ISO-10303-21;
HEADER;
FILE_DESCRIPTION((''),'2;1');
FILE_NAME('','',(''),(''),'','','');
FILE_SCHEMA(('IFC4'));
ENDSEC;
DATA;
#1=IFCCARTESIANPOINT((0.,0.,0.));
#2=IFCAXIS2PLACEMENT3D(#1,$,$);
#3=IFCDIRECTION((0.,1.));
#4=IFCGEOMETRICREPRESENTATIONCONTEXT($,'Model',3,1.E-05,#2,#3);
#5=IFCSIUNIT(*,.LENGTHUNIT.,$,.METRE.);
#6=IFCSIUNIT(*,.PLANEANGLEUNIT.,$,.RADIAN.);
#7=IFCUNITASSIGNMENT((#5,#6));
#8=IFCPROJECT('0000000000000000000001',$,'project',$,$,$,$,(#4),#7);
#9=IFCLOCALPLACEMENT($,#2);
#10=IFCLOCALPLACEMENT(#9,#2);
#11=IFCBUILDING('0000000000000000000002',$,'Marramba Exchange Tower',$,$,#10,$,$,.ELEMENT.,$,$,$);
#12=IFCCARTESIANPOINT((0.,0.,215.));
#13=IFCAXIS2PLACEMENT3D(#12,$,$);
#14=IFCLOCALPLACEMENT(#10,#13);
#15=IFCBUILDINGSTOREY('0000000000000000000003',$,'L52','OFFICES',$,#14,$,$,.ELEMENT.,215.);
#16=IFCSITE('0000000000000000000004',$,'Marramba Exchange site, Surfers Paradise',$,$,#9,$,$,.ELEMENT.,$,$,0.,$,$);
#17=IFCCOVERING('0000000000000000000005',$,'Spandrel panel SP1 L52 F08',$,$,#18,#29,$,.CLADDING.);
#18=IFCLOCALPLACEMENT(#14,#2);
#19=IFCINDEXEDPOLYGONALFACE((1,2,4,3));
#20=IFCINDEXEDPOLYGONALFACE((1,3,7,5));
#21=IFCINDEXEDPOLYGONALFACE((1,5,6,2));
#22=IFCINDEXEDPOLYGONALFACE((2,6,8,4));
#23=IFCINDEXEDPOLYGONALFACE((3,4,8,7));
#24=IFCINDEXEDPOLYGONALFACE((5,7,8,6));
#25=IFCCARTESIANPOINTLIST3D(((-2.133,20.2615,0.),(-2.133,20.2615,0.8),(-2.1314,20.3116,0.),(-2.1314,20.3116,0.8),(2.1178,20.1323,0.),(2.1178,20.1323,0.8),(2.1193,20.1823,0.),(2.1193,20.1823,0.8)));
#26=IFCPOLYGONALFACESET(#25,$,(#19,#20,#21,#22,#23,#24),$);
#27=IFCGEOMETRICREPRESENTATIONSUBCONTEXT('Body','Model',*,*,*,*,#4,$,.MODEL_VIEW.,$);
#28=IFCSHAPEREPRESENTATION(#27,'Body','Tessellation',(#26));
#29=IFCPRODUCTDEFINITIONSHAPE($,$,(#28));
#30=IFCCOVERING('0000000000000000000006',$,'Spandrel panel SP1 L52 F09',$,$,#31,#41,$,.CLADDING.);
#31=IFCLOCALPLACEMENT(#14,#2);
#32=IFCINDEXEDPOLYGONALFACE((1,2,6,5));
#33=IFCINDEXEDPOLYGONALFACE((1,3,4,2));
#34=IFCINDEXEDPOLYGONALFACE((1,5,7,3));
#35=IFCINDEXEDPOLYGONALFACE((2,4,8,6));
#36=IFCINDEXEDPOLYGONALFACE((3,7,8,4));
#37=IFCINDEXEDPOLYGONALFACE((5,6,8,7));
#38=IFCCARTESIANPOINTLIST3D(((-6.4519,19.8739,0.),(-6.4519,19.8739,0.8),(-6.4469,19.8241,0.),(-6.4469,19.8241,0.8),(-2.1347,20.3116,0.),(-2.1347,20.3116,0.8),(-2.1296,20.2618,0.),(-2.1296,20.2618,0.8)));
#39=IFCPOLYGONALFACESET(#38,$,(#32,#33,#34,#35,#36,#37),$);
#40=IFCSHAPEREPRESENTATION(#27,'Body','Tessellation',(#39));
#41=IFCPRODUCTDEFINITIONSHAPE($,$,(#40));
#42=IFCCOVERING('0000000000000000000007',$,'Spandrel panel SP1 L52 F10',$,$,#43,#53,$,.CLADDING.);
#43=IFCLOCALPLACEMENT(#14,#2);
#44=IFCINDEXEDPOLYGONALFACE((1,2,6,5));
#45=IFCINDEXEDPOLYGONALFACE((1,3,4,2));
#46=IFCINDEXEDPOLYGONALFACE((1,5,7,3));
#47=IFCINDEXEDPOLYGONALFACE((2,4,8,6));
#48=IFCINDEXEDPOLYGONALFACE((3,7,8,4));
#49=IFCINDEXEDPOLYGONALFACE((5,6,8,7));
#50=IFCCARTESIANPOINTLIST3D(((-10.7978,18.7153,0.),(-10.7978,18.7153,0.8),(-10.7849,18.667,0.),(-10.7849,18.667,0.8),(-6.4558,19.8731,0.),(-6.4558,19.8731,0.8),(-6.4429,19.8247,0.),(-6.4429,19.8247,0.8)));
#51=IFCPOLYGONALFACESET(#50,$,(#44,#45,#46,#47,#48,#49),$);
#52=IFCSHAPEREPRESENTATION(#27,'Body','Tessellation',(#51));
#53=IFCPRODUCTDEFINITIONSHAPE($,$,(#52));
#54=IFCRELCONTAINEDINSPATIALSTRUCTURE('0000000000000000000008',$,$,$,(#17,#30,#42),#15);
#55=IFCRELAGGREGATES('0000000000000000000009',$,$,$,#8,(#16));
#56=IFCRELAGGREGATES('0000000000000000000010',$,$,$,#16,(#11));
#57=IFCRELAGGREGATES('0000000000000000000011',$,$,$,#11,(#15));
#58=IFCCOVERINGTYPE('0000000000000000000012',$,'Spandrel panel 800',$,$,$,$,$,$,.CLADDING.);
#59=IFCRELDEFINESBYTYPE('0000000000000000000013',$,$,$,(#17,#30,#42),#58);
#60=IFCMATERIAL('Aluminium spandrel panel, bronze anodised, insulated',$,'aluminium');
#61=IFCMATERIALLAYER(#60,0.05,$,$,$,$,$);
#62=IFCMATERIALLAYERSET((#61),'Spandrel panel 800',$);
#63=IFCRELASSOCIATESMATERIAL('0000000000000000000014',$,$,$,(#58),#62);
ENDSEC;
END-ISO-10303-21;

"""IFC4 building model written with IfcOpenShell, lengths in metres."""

from ifc_helpers import new_model, si_unit, direction, frame, origin, origin_2d, place, context, subcontext, project, spatial, rectangle, extrude, material, layer, layer_set, type_object, element, save


model = new_model("IFC4")

# Units and contexts
model_context = context("Model", 3, precision=1e-05, world=origin(), true_north=direction((0.0, 1.0)))
body_context = subcontext(model_context, "Body", "Model", "MODEL_VIEW")
ifc_project = project(units=[si_unit("LENGTHUNIT", "METRE"), si_unit("PLANEANGLEUNIT", "RADIAN")], contexts=[model_context])

# Site, building, storey
site_placement = place(None, origin())
site = spatial("IfcSite", under=ifc_project, at=site_placement, Name="Marramba Exchange site, Surfers Paradise", CompositionType="ELEMENT", RefElevation=0.0)
building_placement = place(site_placement, origin())
building = spatial("IfcBuilding", under=site, at=building_placement, Name="Marramba Exchange Tower", CompositionType="ELEMENT")
storey_placement = place(building_placement, frame((0.0, 0.0, 215.0)))
storey = spatial("IfcBuildingStorey", under=building, at=storey_placement, Name="L52", Description="OFFICES", CompositionType="ELEMENT", Elevation=215.0)

# Coverings
ifc_material_1 = material(Name="Aluminium spandrel panel, bronze anodised, insulated", Category="aluminium")
ifc_layer_1 = layer(ifc_material_1, 0.05)
ifc_layer_set_1 = layer_set([ifc_layer_1], Name="Spandrel panel 800")
covering_type = type_object("IfcCoveringType", Name="Spandrel panel 800", PredefinedType="CLADDING", material=ifc_layer_set_1)
covering_1_placement = place(storey_placement, frame((-0.0068, 20.2219, 0.0), z_axis=(0.0, 0.0, 1.0), x_axis=(-0.999538, 0.030394, 0.0)))
element("IfcCovering", 1, at=covering_1_placement, inside=storey, type_object=covering_type, Name="Spandrel panel SP1 L52 F08", PredefinedType="CLADDING", context=body_context, shape_type="SweptSolid", body=[
    extrude(rectangle(XDim=4.2527, YDim=0.05, at=origin_2d()), origin(), (0.0, 0.0, 1.0), 0.8),
])
covering_2_placement = place(storey_placement, frame((-4.2908, 20.0679, 0.0), z_axis=(0.0, 0.0, 1.0), x_axis=(-0.9949, -0.100863, 0.0)))
element("IfcCovering", 2, at=covering_2_placement, inside=storey, type_object=covering_type, Name="Spandrel panel SP1 L52 F09", PredefinedType="CLADDING", context=body_context, shape_type="SweptSolid", body=[
    extrude(rectangle(XDim=4.3394, YDim=0.05, at=origin_2d()), origin(), (0.0, 0.0, 1.0), 0.8),
])
covering_3_placement = place(storey_placement, frame((-8.6204, 19.27, 0.0), z_axis=(0.0, 0.0, 1.0), x_axis=(-0.966241, -0.257641, 0.0)))
element("IfcCovering", 3, at=covering_3_placement, inside=storey, type_object=covering_type, Name="Spandrel panel SP1 L52 F10", PredefinedType="CLADDING", context=body_context, shape_type="SweptSolid", body=[
    extrude(rectangle(XDim=4.4937, YDim=0.05, at=origin_2d()), origin(), (0.0, 0.0, 1.0), 0.8),
])

save(model, "model.ifc")
